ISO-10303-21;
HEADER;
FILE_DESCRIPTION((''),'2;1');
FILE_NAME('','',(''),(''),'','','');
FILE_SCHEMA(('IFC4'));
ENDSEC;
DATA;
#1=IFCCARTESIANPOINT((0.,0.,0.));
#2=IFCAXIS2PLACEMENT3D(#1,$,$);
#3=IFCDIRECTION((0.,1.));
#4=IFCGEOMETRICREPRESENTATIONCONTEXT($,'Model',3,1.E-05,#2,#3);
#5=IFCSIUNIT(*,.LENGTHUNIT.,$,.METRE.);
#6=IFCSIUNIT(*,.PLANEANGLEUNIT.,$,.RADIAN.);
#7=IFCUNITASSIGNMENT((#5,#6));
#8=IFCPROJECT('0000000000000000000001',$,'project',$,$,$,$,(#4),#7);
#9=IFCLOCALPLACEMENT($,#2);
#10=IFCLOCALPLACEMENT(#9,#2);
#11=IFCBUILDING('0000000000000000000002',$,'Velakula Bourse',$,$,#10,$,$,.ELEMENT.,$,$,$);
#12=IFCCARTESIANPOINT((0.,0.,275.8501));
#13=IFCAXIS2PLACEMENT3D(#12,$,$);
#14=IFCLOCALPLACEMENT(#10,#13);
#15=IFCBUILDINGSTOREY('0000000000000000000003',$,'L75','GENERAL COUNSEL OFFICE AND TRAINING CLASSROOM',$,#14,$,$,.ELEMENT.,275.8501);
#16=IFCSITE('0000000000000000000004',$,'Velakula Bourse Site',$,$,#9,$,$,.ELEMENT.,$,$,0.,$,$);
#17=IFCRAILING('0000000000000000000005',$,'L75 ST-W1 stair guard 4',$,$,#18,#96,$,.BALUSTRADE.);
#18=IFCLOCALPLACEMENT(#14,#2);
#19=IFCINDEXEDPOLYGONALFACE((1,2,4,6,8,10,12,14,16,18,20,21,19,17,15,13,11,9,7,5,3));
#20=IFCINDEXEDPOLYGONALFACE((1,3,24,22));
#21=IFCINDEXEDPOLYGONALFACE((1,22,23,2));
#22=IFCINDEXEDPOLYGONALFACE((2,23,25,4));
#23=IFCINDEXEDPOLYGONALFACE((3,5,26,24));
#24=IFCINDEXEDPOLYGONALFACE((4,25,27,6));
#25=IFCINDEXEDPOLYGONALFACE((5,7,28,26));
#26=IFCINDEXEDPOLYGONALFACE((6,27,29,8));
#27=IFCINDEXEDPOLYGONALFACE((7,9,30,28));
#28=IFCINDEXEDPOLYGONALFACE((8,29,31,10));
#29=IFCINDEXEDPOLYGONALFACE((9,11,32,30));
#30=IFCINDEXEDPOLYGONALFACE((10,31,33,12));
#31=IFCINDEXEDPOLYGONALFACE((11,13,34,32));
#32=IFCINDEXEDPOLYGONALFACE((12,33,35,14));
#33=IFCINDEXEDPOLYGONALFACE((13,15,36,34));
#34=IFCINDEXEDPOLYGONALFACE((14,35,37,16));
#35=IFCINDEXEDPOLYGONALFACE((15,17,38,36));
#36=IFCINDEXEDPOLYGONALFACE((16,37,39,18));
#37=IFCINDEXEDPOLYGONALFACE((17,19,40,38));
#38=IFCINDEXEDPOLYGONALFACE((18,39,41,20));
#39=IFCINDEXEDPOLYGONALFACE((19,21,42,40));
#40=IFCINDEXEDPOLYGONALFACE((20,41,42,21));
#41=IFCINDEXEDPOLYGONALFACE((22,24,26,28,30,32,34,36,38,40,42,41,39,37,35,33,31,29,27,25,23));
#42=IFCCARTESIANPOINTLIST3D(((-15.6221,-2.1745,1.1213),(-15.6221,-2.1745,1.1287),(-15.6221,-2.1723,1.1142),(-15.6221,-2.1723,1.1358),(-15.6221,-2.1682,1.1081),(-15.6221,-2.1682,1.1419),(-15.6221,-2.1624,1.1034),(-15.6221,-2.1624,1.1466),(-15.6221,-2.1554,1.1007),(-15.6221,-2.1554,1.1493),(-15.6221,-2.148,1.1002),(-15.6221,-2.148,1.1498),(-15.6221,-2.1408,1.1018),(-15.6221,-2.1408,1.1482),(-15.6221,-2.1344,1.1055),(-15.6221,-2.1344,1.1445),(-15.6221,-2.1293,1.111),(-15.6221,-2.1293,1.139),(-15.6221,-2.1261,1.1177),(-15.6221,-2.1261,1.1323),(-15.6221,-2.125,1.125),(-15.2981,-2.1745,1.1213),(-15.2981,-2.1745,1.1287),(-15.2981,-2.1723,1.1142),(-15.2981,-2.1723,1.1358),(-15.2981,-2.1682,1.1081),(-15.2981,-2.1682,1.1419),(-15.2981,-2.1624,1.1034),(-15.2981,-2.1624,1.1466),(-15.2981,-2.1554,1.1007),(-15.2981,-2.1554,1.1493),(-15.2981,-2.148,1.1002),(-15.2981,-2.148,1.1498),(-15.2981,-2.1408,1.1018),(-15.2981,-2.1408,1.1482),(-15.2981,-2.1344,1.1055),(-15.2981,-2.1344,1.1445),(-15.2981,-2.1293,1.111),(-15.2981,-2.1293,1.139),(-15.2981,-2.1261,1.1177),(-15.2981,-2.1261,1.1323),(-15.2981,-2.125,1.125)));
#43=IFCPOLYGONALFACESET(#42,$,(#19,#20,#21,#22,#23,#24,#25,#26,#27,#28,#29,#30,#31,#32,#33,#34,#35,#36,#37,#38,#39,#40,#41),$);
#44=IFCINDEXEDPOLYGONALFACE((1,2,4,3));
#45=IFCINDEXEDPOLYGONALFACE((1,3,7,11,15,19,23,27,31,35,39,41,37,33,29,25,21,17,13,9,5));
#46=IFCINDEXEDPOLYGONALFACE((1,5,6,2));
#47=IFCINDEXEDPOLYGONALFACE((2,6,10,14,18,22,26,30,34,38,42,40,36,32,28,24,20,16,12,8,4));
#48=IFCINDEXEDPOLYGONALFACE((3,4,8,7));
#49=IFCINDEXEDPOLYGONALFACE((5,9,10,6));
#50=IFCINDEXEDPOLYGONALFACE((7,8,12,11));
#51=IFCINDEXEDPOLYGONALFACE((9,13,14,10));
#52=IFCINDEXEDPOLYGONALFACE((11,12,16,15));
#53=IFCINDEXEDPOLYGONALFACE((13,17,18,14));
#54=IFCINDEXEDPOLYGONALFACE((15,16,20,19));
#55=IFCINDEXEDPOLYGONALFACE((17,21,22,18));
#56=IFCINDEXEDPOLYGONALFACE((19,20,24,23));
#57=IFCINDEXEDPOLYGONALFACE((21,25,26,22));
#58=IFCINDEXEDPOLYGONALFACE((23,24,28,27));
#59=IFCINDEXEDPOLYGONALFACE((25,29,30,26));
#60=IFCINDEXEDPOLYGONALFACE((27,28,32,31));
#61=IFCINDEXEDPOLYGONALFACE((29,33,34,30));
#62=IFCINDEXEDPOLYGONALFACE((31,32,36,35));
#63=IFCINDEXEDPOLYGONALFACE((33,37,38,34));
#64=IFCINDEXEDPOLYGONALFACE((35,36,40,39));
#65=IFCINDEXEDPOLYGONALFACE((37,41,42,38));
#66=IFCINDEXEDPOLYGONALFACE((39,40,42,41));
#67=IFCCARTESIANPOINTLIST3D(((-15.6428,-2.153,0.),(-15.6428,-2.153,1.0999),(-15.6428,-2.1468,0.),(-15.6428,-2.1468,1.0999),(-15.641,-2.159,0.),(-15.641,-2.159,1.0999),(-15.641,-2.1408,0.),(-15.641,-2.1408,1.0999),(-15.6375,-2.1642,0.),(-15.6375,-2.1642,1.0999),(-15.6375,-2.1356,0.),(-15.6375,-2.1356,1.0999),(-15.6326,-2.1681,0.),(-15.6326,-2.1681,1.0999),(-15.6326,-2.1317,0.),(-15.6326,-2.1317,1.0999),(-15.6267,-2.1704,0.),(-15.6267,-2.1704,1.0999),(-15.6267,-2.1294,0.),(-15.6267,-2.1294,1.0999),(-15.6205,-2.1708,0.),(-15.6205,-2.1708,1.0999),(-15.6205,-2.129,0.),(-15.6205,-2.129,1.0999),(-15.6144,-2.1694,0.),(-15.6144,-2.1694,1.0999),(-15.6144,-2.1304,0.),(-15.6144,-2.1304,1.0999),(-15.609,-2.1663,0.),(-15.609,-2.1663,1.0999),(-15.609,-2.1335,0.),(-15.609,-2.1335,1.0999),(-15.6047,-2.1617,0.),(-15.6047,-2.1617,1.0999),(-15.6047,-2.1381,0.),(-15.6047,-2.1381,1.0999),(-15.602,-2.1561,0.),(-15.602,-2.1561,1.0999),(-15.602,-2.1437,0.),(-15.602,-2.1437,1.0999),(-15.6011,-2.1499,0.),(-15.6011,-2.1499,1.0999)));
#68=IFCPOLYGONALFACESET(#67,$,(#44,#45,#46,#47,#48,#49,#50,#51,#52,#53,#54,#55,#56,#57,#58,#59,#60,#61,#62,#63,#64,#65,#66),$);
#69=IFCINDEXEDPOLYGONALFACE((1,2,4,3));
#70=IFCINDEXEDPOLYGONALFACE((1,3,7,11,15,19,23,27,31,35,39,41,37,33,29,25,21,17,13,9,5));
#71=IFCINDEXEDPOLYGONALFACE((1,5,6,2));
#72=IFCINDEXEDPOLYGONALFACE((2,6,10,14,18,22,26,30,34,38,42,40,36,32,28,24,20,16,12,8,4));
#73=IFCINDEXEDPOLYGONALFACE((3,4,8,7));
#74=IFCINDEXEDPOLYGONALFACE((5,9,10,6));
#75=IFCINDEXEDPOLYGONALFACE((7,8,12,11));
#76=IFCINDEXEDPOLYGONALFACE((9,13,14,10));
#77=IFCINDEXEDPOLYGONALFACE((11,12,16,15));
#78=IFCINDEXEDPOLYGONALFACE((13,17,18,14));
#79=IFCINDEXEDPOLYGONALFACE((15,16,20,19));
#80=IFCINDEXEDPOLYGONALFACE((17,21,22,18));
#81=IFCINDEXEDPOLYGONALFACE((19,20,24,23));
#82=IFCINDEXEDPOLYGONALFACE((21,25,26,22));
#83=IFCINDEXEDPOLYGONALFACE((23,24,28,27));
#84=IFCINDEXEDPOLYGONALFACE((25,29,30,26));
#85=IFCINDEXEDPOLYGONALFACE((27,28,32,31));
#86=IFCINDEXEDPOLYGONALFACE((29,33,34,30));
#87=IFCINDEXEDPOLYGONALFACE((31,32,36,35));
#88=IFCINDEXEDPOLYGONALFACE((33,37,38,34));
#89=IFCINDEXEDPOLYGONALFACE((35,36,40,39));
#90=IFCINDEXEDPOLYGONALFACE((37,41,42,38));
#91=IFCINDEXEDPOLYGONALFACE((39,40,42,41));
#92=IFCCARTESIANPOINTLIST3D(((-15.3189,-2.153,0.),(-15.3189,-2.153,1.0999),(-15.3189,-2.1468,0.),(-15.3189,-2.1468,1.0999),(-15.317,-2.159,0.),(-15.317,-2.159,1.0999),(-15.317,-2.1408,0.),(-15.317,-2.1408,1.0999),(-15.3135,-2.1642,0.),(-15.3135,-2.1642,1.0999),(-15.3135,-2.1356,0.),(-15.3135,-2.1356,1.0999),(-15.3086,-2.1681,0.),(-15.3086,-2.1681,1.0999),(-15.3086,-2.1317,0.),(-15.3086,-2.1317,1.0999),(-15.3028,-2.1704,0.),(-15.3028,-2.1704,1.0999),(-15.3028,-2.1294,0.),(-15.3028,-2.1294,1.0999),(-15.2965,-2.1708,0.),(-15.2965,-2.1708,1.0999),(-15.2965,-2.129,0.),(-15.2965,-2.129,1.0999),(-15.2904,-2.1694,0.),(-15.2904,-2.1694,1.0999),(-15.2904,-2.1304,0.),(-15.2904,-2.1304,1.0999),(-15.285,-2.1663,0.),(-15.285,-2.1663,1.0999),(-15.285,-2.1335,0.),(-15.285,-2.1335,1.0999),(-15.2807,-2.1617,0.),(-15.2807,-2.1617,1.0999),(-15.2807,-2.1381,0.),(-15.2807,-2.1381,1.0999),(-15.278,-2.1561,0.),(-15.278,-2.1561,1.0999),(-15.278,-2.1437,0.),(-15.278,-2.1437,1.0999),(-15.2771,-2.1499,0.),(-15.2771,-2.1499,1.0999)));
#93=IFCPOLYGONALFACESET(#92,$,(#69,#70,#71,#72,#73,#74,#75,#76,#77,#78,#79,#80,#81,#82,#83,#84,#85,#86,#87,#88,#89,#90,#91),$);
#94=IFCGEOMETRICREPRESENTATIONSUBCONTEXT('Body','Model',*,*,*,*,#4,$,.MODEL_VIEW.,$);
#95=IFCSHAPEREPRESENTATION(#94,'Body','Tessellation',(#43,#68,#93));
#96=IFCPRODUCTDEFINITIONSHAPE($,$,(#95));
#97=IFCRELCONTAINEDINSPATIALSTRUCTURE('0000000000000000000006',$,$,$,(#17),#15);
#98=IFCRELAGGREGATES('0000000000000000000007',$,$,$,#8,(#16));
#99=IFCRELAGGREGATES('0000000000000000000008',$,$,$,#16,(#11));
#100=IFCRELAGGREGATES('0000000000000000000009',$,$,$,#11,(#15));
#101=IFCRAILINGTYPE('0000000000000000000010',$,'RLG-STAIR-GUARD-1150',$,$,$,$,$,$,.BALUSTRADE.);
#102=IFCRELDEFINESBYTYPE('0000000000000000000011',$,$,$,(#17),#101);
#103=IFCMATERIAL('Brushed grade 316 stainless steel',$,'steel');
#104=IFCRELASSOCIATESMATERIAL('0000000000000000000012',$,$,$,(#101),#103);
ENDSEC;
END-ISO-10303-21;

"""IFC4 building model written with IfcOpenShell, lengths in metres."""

from ifc_helpers import new_model, si_unit, direction, frame, origin, origin_2d, place, context, subcontext, project, spatial, circle, extrude, material, type_object, element, save


model = new_model("IFC4")

# Units and contexts
model_context = context("Model", 3, precision=1e-05, world=origin(), true_north=direction((0.0, 1.0)))
body_context = subcontext(model_context, "Body", "Model", "MODEL_VIEW")
ifc_project = project(units=[si_unit("LENGTHUNIT", "METRE"), si_unit("PLANEANGLEUNIT", "RADIAN")], contexts=[model_context])

# Site, building, storey
site_placement = place(None, origin())
site = spatial("IfcSite", under=ifc_project, at=site_placement, Name="Velakula Bourse Site", CompositionType="ELEMENT", RefElevation=0.0)
building_placement = place(site_placement, origin())
building = spatial("IfcBuilding", under=site, at=building_placement, Name="Velakula Bourse", CompositionType="ELEMENT")
storey_placement = place(building_placement, frame((0.0, 0.0, 275.8501)))
storey = spatial("IfcBuildingStorey", under=building, at=storey_placement, Name="L75", Description="GENERAL COUNSEL OFFICE AND TRAINING CLASSROOM", CompositionType="ELEMENT", Elevation=275.8501)

# Shared definitions
ifc_material_1 = material(Name="Brushed grade 316 stainless steel", Category="steel")

# Railing
railing_type = type_object("IfcRailingType", Name="RLG-STAIR-GUARD-1150", PredefinedType="BALUSTRADE", material=ifc_material_1)
railing_1_placement = place(storey_placement, frame((-15.6221, -2.1499, 0.0)))
element("IfcRailing", 1, at=railing_1_placement, inside=storey, type_object=railing_type, Name="L75 ST-W1 stair guard 4", PredefinedType="BALUSTRADE", context=body_context, shape_type="SweptSolid", body=[
    extrude(circle(Radius=0.0249, at=origin_2d()), frame((0.0, 0.0, 1.125), z_axis=(1.0, 0.0, 0.0), x_axis=(0.0, 1.0, 0.0)), (0.0, 0.0, 1.0), 0.324),
    extrude(circle(Radius=0.021, at=origin_2d()), origin(), (0.0, 0.0, 1.0), 1.0999),
    extrude(circle(Radius=0.021, at=origin_2d()), frame((0.324, 0.0, 0.0)), (0.0, 0.0, 1.0), 1.0999),
])

save(model, "model.ifc")
